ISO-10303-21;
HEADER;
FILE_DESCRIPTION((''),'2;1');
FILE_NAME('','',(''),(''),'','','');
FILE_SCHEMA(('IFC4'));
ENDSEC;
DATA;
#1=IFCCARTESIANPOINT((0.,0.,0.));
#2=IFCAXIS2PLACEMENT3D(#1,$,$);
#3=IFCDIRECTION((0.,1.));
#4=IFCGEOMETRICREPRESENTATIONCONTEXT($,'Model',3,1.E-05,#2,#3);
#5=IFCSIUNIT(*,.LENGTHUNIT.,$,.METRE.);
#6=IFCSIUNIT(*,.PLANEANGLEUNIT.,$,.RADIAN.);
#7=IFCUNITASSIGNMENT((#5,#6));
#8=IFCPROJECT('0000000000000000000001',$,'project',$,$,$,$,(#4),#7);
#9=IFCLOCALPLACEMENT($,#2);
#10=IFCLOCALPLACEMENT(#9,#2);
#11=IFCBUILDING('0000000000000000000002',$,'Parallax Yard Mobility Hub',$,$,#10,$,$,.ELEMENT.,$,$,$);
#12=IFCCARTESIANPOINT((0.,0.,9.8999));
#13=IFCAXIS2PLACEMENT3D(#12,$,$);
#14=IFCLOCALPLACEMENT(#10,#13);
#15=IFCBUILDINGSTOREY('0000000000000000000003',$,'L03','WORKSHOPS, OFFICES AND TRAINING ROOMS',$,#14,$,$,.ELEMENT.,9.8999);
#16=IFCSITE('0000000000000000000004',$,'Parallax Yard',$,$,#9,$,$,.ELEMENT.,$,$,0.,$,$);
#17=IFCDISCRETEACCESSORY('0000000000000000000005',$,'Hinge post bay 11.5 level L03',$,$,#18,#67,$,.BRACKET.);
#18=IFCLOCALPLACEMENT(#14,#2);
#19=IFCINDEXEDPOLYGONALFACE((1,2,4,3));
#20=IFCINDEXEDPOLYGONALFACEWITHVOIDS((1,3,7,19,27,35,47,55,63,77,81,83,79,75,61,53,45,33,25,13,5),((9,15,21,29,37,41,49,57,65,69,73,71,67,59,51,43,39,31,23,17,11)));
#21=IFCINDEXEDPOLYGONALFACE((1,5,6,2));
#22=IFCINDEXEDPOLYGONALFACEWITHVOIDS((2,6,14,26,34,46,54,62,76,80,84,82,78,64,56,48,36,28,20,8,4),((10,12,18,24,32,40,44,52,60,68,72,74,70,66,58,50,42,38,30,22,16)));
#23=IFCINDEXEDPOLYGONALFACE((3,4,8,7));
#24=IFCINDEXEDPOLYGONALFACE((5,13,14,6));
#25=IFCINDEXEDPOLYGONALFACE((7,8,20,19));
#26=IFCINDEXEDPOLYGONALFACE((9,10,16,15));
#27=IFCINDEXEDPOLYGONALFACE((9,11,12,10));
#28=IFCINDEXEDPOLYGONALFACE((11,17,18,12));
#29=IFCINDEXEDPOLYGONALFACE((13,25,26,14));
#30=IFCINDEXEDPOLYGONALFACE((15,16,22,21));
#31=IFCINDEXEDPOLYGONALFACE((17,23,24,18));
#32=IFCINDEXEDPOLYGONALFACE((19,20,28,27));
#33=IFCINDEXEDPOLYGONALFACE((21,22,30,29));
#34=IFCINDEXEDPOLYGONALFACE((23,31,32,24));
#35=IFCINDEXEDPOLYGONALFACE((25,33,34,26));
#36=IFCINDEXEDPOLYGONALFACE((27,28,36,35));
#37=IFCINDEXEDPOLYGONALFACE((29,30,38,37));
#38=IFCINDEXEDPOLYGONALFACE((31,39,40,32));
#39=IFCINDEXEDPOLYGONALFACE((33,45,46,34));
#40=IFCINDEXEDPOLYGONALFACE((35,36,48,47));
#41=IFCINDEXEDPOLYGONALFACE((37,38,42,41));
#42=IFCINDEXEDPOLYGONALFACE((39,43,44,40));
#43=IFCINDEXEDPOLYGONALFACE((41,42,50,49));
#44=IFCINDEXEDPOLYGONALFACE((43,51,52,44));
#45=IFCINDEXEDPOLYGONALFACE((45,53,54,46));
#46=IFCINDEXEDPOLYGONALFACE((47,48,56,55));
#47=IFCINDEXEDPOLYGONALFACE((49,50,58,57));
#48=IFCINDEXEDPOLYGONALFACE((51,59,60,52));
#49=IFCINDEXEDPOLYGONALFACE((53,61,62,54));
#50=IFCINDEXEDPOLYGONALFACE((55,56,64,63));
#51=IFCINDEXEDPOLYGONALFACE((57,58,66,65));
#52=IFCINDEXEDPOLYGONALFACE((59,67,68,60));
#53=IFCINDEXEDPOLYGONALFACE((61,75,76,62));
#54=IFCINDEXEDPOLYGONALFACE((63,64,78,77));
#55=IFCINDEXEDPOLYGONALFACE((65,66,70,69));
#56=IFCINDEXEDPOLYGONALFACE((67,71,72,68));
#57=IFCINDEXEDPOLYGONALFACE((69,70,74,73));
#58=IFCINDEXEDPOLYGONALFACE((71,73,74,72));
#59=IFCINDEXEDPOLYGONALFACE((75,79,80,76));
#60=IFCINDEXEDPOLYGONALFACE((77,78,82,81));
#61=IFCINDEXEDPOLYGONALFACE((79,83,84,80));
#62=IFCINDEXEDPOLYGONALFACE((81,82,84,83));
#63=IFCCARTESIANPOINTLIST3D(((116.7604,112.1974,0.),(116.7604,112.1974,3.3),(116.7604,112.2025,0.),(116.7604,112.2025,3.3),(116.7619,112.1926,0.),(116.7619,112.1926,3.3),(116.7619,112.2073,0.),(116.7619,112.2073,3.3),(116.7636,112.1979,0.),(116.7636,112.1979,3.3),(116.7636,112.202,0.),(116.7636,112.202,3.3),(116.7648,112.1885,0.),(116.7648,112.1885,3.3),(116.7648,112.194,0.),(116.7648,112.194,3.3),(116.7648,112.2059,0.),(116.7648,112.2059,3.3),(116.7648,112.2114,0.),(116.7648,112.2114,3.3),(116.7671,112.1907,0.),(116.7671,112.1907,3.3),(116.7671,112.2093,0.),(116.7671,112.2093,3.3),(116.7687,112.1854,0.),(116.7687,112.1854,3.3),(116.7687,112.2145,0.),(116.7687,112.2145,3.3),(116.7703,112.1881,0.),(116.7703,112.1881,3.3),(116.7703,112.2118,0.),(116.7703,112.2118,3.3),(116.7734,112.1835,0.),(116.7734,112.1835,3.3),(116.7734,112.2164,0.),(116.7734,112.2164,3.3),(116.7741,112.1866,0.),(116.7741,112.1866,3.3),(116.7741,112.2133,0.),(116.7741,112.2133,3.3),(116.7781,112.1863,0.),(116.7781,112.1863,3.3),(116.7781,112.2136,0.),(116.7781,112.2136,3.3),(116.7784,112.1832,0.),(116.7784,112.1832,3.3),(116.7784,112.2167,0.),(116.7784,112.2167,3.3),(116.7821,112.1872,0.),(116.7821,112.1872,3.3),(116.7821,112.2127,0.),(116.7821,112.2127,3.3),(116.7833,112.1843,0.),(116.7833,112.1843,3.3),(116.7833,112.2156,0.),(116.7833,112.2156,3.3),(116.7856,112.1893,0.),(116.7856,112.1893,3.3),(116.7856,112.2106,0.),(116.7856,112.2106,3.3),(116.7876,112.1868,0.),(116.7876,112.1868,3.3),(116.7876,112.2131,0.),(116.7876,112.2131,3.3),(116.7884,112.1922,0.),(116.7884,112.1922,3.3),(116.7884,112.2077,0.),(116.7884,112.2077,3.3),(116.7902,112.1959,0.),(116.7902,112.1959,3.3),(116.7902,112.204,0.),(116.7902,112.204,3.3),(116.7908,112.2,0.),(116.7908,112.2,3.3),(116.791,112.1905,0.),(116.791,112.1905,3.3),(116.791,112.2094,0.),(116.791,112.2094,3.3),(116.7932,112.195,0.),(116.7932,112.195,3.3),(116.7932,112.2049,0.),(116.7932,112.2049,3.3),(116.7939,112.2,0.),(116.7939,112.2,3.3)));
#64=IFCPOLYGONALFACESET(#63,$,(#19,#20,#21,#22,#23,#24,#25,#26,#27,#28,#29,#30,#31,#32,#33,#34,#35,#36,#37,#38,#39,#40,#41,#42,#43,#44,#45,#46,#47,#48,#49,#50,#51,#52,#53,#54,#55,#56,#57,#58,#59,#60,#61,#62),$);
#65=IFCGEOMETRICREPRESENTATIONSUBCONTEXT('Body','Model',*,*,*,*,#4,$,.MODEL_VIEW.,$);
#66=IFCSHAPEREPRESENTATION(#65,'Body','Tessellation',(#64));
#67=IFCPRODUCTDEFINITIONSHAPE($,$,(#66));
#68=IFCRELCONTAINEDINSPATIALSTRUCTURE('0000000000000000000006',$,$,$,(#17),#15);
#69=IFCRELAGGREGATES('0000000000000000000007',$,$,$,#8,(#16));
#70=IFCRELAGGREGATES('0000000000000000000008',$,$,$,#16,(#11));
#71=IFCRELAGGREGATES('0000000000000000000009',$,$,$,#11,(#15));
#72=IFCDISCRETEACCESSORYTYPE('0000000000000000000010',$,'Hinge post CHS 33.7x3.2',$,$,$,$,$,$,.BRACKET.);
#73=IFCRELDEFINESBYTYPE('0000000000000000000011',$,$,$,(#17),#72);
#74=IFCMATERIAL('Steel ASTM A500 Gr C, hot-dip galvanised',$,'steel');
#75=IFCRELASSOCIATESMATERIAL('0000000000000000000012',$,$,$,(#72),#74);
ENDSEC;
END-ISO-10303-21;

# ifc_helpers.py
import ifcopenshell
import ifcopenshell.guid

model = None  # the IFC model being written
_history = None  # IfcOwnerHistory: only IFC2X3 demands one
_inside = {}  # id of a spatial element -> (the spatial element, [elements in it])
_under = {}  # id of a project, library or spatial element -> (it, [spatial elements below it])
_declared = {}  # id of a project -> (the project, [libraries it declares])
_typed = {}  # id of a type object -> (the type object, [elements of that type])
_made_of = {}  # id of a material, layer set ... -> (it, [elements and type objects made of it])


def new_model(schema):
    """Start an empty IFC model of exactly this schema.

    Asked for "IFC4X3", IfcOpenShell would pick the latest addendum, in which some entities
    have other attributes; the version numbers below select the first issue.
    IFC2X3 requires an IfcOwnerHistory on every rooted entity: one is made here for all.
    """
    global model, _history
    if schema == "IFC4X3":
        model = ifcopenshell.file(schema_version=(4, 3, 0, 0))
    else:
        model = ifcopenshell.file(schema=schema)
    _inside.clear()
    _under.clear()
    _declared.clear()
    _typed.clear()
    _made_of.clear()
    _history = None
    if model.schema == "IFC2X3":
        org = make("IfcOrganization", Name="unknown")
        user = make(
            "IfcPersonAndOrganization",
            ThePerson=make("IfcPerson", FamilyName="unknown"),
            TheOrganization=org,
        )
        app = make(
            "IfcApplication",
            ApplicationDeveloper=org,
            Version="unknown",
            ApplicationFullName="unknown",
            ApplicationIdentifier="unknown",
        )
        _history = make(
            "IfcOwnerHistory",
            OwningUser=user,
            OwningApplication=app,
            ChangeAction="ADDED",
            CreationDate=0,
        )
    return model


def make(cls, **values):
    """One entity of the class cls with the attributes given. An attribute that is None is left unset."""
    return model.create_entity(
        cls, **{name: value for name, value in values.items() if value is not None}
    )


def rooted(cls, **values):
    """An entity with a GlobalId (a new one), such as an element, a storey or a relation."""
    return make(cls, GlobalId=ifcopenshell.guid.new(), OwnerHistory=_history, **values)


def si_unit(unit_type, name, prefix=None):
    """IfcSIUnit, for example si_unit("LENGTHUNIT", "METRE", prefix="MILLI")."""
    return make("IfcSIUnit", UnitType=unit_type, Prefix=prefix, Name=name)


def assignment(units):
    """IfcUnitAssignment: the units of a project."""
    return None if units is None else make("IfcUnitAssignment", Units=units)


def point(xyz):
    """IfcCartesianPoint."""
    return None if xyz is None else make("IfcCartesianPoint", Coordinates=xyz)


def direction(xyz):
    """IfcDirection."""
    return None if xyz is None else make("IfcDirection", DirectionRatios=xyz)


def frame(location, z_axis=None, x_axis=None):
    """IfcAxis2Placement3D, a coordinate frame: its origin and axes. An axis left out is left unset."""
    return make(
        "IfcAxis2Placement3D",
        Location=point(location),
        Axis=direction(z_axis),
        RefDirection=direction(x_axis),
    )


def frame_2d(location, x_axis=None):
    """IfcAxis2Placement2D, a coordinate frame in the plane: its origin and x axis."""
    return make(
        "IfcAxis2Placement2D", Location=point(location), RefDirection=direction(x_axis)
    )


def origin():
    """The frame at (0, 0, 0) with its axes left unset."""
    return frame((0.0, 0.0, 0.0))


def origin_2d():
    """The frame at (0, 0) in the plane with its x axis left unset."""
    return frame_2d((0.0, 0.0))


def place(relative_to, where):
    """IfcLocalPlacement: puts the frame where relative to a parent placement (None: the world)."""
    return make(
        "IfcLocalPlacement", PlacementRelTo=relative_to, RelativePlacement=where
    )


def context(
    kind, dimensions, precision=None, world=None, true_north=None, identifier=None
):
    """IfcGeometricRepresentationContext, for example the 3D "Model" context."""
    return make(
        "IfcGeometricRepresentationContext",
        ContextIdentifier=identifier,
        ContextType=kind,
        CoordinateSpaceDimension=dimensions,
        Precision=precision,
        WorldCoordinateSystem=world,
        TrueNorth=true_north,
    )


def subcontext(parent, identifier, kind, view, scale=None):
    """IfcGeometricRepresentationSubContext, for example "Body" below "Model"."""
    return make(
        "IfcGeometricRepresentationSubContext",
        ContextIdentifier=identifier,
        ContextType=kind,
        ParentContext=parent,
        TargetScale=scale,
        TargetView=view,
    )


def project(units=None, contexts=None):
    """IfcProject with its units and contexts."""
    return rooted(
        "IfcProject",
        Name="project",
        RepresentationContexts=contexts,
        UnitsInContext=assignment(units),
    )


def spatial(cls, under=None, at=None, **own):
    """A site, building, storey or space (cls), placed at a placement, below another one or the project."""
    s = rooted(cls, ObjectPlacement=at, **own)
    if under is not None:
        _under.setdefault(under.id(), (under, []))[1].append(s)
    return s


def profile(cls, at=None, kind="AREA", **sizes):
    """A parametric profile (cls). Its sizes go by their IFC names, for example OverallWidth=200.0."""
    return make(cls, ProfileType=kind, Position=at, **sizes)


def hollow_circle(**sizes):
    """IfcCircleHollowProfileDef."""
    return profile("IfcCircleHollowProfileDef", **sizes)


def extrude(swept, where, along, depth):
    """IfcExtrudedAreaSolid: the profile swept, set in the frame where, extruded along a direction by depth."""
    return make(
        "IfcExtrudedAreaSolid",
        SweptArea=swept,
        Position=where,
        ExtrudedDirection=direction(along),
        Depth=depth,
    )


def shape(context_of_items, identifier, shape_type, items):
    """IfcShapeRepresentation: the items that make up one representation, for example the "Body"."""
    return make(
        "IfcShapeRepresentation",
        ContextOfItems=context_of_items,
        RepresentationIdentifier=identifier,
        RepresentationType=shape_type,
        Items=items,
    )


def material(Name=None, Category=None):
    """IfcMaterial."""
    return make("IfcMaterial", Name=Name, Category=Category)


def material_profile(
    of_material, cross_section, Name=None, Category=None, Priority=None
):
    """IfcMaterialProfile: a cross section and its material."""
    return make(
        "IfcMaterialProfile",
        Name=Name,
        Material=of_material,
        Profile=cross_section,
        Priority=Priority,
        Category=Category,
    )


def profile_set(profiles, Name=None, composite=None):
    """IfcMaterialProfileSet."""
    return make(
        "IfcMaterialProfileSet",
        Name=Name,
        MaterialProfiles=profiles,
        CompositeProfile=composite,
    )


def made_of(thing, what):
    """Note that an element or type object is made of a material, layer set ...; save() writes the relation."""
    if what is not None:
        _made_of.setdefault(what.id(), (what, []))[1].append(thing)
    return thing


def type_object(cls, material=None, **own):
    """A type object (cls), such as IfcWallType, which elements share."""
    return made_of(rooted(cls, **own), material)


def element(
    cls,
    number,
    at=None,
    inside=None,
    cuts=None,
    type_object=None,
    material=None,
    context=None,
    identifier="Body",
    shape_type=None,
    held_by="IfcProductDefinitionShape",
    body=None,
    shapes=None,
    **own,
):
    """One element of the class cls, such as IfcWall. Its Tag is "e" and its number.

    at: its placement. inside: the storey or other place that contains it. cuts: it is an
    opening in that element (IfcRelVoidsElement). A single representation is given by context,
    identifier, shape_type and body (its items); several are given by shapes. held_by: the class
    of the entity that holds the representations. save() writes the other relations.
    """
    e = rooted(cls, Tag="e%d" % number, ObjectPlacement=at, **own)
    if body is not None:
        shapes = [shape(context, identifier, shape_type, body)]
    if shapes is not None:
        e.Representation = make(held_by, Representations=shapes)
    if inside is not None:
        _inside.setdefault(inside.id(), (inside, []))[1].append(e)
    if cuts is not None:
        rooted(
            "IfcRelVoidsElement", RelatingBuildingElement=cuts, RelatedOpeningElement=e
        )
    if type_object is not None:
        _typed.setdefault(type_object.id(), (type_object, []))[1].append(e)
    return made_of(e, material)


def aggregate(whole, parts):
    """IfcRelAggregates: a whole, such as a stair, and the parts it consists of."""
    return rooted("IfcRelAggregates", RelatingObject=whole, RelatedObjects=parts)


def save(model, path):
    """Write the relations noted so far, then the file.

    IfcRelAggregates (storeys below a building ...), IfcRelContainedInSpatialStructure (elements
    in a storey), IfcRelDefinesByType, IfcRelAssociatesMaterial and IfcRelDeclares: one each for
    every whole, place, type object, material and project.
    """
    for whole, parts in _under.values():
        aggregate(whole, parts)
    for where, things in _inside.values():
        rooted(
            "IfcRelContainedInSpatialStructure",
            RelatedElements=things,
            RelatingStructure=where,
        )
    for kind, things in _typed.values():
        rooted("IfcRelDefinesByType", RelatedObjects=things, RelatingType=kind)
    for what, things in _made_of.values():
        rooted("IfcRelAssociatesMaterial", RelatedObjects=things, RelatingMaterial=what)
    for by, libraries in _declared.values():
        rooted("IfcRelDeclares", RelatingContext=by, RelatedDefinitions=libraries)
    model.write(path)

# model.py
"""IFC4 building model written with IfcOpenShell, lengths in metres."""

from ifc_helpers import new_model, si_unit, direction, frame, origin, origin_2d, place, context, subcontext, project, spatial, hollow_circle, extrude, material, material_profile, profile_set, type_object, element, save


model = new_model("IFC4")

# Units and contexts
model_context = context("Model", 3, precision=1e-05, world=origin(), true_north=direction((0.0, 1.0)))
body_context = subcontext(model_context, "Body", "Model", "MODEL_VIEW")
ifc_project = project(units=[si_unit("LENGTHUNIT", "METRE"), si_unit("PLANEANGLEUNIT", "RADIAN")], contexts=[model_context])

# Site, building, storey
site_placement = place(None, origin())
site = spatial("IfcSite", under=ifc_project, at=site_placement, Name="Parallax Yard", CompositionType="ELEMENT", RefElevation=0.0)
building_placement = place(site_placement, origin())
building = spatial("IfcBuilding", under=site, at=building_placement, Name="Parallax Yard Mobility Hub", CompositionType="ELEMENT")
storey_placement = place(building_placement, frame((0.0, 0.0, 9.8999)))
storey = spatial("IfcBuildingStorey", under=building, at=storey_placement, Name="L03", Description="WORKSHOPS, OFFICES AND TRAINING ROOMS", CompositionType="ELEMENT", Elevation=9.8999)

# Discrete accessory
ifc_material_1 = material(Name="Steel ASTM A500 Gr C, hot-dip galvanised", Category="steel")
ifc_material_profile = material_profile(ifc_material_1, hollow_circle(Radius=0.0168, WallThickness=0.0032, at=origin_2d()), Name="CHS 33.7x3.2")
ifc_profile_set = profile_set([ifc_material_profile], Name="Steel ASTM A500 Gr C, hot-dip galvanised")
discrete_accessory_type = type_object("IfcDiscreteAccessoryType", Name="Hinge post CHS 33.7x3.2", PredefinedType="BRACKET", material=ifc_profile_set)
for number, where, z_axis, x_axis, name in (
    (1, (116.7771, 112.2, 0.0), (0.0, 0.0, 1.0), (1.0, 0.0, 0.0), "Hinge post bay 11.5 level L03"),
):
    element("IfcDiscreteAccessory", number, at=place(storey_placement, frame(where, z_axis=z_axis, x_axis=x_axis)), inside=storey, type_object=discrete_accessory_type, Name=name, PredefinedType="BRACKET", context=body_context, shape_type="SweptSolid", body=[
        extrude(hollow_circle(Radius=0.0168, WallThickness=0.0032, at=origin_2d()), origin(), (0.0, 0.0, 1.0), 3.3),
    ])

save(model, "model.ifc")
